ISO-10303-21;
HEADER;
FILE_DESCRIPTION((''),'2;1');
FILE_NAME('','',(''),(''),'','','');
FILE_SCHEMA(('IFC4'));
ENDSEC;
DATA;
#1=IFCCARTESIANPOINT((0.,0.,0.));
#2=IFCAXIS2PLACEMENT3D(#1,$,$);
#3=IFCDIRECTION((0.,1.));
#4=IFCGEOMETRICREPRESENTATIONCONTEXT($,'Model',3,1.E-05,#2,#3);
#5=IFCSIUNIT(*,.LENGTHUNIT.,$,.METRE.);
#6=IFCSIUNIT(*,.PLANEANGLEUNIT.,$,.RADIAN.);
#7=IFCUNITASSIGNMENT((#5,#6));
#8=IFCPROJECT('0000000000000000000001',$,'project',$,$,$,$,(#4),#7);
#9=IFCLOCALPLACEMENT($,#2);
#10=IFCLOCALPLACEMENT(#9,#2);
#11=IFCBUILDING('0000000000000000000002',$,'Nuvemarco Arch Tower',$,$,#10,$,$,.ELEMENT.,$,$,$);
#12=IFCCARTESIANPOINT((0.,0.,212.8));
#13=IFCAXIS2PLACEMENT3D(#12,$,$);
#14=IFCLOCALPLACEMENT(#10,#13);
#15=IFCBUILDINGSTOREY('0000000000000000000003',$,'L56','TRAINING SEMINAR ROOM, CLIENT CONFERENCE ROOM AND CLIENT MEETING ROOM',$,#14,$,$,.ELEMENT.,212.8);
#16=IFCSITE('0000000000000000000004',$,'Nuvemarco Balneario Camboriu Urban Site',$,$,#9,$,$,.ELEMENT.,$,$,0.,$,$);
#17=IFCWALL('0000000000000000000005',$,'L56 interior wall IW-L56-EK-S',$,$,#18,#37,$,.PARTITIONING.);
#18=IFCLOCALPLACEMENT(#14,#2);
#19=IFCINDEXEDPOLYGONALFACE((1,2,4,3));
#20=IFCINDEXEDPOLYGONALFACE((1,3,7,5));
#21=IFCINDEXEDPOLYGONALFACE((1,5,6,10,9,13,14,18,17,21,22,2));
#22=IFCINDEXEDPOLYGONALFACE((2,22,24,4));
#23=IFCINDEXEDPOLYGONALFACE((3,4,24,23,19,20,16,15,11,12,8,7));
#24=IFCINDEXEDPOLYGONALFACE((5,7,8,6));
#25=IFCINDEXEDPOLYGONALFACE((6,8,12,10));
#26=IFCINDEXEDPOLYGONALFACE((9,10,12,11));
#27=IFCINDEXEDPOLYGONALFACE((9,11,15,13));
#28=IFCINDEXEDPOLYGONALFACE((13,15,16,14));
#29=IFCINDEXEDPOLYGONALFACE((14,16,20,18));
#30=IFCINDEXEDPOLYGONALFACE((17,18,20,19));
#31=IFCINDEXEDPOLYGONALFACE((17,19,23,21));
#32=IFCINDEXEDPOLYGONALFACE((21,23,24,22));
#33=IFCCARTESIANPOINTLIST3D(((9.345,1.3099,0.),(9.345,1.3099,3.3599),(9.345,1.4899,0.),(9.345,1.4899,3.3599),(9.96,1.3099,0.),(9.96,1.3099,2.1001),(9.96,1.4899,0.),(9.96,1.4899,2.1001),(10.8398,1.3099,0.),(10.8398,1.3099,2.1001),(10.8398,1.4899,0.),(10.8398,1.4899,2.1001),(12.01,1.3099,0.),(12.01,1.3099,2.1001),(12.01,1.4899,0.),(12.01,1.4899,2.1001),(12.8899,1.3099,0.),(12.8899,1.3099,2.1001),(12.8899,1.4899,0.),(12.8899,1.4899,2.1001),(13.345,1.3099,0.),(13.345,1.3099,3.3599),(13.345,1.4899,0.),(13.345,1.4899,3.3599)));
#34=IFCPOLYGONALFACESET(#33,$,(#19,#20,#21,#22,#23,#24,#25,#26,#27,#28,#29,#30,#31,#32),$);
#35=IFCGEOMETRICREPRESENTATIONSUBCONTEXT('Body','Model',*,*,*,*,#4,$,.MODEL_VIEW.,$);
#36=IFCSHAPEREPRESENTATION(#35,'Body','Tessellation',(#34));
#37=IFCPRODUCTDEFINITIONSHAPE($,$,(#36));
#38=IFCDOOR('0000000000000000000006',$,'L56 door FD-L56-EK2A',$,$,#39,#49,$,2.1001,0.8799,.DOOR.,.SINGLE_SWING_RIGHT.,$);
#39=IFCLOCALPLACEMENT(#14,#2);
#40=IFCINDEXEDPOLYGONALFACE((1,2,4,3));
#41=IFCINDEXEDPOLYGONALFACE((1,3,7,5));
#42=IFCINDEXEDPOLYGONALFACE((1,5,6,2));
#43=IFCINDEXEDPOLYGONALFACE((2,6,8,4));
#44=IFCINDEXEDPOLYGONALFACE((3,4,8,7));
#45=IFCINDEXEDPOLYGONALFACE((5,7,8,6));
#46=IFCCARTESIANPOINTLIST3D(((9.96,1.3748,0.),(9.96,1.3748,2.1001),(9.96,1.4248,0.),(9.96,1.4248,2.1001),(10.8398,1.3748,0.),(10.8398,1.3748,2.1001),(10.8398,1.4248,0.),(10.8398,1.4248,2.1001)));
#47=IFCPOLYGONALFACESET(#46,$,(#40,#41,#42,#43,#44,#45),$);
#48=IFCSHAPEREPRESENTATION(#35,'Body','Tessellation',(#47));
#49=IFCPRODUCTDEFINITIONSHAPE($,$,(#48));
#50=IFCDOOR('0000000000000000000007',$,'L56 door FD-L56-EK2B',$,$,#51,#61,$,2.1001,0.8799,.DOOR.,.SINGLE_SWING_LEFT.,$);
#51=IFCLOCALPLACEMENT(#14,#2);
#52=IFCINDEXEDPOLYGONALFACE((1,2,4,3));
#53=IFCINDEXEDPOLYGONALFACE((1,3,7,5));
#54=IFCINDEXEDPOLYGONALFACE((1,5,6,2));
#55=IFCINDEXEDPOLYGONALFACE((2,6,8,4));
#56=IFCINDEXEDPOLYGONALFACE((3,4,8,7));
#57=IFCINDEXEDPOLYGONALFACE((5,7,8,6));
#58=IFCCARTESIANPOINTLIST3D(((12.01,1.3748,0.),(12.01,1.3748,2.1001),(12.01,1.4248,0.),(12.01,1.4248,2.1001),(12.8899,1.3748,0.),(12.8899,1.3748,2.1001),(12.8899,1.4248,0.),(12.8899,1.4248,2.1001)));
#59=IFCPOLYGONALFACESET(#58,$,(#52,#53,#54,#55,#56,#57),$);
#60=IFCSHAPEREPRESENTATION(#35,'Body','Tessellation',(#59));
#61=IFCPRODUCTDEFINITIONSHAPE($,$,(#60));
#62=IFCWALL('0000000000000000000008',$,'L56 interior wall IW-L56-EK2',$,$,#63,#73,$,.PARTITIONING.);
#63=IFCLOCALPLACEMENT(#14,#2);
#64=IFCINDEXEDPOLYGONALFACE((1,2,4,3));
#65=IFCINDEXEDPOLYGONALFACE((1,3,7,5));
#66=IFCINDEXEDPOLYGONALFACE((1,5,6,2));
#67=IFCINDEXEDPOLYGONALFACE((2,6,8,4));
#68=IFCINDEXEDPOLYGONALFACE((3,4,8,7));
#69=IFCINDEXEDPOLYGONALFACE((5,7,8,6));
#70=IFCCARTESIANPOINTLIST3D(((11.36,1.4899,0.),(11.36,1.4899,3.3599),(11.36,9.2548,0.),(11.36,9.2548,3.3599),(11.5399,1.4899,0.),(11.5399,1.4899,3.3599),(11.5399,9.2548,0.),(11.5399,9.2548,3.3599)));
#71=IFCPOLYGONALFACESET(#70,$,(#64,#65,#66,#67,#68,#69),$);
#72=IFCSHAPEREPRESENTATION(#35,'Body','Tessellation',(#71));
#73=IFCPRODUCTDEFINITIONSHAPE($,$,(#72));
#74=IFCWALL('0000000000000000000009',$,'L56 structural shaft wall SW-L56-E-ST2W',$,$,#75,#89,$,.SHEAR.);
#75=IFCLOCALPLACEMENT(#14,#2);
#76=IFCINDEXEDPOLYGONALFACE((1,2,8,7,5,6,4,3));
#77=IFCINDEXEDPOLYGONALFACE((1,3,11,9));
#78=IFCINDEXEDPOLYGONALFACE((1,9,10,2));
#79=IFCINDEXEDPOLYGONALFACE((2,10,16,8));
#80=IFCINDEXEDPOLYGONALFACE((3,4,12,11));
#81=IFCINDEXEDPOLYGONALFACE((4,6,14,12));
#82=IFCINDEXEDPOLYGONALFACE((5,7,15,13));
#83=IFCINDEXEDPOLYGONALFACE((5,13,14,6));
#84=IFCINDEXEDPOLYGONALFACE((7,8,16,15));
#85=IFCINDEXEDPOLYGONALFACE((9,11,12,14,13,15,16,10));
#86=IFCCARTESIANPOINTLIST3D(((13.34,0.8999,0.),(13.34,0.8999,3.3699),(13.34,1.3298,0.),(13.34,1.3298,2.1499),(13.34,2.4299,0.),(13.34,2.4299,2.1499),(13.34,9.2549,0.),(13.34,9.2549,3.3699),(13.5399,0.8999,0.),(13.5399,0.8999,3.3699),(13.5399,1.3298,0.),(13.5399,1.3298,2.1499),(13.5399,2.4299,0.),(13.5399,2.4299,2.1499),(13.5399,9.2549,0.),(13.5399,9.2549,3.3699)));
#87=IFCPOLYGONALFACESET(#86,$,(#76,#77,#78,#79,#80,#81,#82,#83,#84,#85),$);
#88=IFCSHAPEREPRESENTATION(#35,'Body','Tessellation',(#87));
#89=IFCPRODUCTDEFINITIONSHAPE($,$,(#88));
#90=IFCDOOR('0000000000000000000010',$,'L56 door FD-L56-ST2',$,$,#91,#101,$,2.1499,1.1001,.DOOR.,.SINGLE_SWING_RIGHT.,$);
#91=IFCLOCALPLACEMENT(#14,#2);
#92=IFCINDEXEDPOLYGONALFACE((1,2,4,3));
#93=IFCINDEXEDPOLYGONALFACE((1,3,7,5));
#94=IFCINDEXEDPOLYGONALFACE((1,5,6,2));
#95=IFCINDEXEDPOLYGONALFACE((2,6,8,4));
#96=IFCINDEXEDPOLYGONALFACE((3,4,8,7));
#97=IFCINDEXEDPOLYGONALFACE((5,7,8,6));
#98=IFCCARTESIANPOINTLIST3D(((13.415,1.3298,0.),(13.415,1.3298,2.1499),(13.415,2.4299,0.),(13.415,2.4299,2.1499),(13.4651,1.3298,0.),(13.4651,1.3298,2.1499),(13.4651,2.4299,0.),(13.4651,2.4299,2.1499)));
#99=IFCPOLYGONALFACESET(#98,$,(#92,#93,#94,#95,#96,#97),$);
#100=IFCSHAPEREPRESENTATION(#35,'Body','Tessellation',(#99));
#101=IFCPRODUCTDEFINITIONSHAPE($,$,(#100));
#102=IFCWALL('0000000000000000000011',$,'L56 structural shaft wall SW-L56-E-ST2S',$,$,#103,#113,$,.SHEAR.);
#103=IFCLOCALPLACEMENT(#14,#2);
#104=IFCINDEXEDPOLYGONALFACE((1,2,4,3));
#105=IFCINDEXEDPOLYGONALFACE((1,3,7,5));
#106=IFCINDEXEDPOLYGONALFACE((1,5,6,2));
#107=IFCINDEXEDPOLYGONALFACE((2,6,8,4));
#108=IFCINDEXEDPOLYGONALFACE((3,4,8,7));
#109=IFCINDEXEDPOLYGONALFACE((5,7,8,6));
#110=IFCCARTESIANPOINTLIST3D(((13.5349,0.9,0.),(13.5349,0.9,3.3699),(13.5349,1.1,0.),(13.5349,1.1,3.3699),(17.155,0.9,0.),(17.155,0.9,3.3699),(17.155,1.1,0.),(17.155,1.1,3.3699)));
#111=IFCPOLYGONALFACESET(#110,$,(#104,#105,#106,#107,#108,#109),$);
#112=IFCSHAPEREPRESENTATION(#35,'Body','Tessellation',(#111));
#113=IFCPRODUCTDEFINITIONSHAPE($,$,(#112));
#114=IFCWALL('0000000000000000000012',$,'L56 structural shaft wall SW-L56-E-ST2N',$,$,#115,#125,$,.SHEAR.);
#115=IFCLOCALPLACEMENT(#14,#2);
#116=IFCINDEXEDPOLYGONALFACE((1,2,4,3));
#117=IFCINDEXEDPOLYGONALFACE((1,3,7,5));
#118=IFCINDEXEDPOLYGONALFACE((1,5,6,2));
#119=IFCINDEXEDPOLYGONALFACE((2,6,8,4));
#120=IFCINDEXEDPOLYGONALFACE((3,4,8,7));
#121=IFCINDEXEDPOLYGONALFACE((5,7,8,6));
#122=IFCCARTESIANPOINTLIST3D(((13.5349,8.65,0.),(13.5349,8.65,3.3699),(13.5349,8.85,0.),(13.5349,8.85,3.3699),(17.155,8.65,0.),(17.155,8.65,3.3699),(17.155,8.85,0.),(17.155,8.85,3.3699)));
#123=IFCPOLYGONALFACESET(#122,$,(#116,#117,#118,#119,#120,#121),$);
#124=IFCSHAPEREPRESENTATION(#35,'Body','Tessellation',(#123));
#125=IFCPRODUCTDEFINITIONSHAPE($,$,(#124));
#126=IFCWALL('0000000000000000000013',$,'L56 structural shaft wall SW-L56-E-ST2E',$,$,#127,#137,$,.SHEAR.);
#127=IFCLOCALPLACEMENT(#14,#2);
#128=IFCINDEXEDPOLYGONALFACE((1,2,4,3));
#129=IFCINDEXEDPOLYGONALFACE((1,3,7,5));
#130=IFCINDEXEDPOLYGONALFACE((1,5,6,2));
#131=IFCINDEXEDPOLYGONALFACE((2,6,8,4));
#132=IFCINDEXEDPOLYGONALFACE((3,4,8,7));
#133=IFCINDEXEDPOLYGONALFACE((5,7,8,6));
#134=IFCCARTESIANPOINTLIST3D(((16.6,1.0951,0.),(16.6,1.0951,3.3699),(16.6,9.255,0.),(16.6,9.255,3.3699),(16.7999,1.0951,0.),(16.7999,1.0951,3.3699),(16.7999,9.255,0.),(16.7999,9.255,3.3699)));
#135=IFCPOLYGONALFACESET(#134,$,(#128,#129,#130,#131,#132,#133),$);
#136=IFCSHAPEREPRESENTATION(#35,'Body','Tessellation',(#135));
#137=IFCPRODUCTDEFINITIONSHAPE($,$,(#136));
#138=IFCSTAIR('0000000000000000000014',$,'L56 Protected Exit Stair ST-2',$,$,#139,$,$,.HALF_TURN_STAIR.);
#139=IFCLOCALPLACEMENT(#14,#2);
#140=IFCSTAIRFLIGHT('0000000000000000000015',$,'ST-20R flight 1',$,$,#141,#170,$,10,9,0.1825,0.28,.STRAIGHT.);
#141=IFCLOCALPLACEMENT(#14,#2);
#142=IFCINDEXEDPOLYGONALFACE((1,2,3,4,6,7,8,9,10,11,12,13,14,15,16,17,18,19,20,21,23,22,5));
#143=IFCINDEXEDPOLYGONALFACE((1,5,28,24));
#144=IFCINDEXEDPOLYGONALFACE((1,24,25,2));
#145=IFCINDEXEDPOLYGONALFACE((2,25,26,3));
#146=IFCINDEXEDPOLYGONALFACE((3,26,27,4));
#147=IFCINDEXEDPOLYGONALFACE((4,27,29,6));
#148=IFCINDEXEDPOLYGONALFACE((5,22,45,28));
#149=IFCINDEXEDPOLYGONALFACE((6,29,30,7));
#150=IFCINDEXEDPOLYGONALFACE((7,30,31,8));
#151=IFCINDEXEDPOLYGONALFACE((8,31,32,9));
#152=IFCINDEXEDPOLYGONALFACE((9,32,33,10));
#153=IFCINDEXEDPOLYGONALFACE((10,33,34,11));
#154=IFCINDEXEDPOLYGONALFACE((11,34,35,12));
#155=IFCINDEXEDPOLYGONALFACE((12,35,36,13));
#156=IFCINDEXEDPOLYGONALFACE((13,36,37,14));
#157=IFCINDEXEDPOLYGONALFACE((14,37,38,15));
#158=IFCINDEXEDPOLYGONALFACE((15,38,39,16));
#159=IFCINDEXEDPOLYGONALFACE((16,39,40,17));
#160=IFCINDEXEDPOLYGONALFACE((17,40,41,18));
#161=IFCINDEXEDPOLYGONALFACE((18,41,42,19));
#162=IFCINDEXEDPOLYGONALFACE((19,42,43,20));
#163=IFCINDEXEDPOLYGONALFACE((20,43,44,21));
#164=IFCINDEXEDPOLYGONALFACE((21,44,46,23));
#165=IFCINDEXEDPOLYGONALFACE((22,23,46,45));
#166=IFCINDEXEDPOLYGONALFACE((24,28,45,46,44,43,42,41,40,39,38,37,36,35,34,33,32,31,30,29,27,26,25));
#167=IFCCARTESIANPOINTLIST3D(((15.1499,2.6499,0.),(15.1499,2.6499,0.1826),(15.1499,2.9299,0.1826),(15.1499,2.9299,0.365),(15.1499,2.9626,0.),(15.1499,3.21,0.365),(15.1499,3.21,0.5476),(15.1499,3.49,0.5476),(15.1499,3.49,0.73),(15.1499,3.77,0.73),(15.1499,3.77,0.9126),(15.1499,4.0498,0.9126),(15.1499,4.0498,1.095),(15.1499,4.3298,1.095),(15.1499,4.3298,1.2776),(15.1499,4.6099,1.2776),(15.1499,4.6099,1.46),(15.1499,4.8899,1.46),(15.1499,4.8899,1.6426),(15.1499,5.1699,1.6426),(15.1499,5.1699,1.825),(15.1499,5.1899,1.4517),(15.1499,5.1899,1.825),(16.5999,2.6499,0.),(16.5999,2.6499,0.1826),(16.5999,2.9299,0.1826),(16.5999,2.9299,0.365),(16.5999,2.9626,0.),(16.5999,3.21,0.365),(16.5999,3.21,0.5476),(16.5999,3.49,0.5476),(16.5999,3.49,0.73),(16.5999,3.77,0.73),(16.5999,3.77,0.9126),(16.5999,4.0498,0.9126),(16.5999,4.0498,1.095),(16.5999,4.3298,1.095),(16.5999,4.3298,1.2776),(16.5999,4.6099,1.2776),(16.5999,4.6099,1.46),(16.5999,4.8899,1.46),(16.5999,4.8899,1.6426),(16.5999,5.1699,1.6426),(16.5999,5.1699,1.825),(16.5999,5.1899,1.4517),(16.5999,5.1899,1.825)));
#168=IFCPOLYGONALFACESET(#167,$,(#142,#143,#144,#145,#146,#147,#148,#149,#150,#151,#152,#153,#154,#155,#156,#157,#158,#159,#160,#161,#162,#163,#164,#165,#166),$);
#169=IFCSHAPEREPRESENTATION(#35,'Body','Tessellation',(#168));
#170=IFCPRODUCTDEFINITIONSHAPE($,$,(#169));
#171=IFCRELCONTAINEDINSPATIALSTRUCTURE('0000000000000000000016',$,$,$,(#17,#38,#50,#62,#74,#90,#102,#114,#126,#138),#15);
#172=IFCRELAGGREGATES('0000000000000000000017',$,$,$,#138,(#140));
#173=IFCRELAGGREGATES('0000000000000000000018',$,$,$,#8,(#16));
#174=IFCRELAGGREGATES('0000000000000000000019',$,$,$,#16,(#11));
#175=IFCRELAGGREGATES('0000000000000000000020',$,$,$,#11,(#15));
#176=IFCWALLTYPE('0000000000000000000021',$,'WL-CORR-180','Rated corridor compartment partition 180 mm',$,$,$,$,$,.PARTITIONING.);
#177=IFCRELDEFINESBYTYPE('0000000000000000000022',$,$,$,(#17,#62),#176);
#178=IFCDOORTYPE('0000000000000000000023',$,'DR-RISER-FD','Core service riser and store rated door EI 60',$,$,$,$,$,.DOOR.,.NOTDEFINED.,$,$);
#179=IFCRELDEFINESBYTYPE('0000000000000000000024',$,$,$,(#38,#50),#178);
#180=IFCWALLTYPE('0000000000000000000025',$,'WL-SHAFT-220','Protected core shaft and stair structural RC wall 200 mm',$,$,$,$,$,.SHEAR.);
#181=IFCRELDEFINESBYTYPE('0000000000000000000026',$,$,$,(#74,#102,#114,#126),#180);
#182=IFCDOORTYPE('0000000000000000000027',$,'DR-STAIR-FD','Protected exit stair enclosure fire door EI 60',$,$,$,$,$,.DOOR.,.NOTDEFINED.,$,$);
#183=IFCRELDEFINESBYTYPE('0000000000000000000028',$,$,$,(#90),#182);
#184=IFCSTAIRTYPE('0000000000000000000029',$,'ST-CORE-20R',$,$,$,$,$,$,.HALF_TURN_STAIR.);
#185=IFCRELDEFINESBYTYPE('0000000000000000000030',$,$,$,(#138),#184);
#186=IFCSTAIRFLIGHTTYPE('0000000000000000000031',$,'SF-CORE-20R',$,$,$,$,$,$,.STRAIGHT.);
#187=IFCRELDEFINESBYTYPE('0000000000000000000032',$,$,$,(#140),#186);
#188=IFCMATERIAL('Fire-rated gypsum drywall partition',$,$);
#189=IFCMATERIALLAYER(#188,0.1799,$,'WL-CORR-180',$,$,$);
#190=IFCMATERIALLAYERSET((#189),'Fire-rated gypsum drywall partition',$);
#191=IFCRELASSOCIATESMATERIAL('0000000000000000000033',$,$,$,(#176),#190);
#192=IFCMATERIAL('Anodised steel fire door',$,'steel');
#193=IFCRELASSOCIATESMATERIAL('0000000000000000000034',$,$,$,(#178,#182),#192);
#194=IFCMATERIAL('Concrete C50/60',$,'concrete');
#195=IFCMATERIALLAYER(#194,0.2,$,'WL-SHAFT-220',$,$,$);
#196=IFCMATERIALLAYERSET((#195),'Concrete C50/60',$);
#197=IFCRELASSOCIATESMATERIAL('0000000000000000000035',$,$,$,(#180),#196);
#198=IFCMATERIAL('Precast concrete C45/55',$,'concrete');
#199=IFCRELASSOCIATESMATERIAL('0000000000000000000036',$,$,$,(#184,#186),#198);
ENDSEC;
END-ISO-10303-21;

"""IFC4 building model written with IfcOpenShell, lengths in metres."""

from ifc_helpers import new_model, si_unit, direction, frame, frame_2d, origin, place, context, subcontext, project, spatial, polyline, rectangle, outline, extrude, source, transform, mapped, material, layer, layer_set, type_object, type_shapes, element, fill, aggregate, save


model = new_model("IFC4")

# Units and contexts
model_context = context("Model", 3, precision=1e-05, world=origin(), true_north=direction((0.0, 1.0)))
body_context = subcontext(model_context, "Body", "Model", "MODEL_VIEW")
ifc_project = project(units=[si_unit("LENGTHUNIT", "METRE"), si_unit("PLANEANGLEUNIT", "RADIAN")], contexts=[model_context])

# Site, building, storey
site_placement = place(None, origin())
site = spatial("IfcSite", under=ifc_project, at=site_placement, Name="Nuvemarco Balneario Camboriu Urban Site", CompositionType="ELEMENT", RefElevation=0.0)
building_placement = place(site_placement, origin())
building = spatial("IfcBuilding", under=site, at=building_placement, Name="Nuvemarco Arch Tower", CompositionType="ELEMENT")
storey_placement = place(building_placement, frame((0.0, 0.0, 212.8)))
storey = spatial("IfcBuildingStorey", under=building, at=storey_placement, Name="L56", Description="TRAINING SEMINAR ROOM, CLIENT CONFERENCE ROOM AND CLIENT MEETING ROOM", CompositionType="ELEMENT", Elevation=212.8)

# Shared definitions
ifc_material_1 = material(Name="Concrete C50/60", Category="concrete")

# Shared definitions
ifc_material_2 = material(Name="Precast concrete C45/55", Category="concrete")

# Wall, openings, doors
ifc_material_3 = material(Name="Fire-rated gypsum drywall partition")
ifc_layer_1 = layer(ifc_material_3, 0.1799, Name="WL-CORR-180")
ifc_layer_set_1 = layer_set([ifc_layer_1], Name="Fire-rated gypsum drywall partition")
wall_type_1 = type_object("IfcWallType", Name="WL-CORR-180", Description="Rated corridor compartment partition 180 mm", PredefinedType="PARTITIONING", material=ifc_layer_set_1)
wall_1_placement = place(storey_placement, frame((9.345, 1.3999, 0.0), z_axis=(0.0, 0.0, 1.0), x_axis=(1.0, 0.0, 0.0)))
wall_1 = element("IfcWall", 1, at=wall_1_placement, inside=storey, type_object=wall_type_1, Name="L56 interior wall IW-L56-EK-S", PredefinedType="PARTITIONING", context=body_context, shape_type="SweptSolid", body=[
    extrude(rectangle(XDim=4.0, YDim=0.1799, at=frame_2d((2.0, 0.0))), origin(), (0.0, 0.0, 1.0), 3.3599),
])
opening_1_placement = place(wall_1_placement, frame((0.615, 0.0, 0.0)))
opening_1 = element("IfcOpeningElement", 2, at=opening_1_placement, cuts=wall_1, PredefinedType="OPENING", context=body_context, shape_type="SweptSolid", body=[
    extrude(rectangle(XDim=0.8799, YDim=2.1001, at=frame_2d((0.4399, 1.05))), frame((0.0, 0.0999, 0.0), z_axis=(0.0, -1.0, 0.0), x_axis=(1.0, 0.0, 0.0)), (0.0, 0.0, 1.0), 0.2),
])
opening_2_placement = place(wall_1_placement, frame((2.665, 0.0, 0.0)))
opening_2 = element("IfcOpeningElement", 3, at=opening_2_placement, cuts=wall_1, PredefinedType="OPENING", context=body_context, shape_type="SweptSolid", body=[
    extrude(rectangle(XDim=0.8799, YDim=2.1001, at=frame_2d((0.4399, 1.05))), frame((0.0, 0.0999, 0.0), z_axis=(0.0, -1.0, 0.0), x_axis=(1.0, 0.0, 0.0)), (0.0, 0.0, 1.0), 0.2),
])
ifc_material_4 = material(Name="Anodised steel fire door", Category="steel")
door_type_1 = type_object("IfcDoorType", Name="DR-RISER-FD", Description="Core service riser and store rated door EI 60", OperationType="NOTDEFINED", PredefinedType="DOOR", material=ifc_material_4)
shared_shape_1 = source(origin(), body_context, "Body", "SweptSolid", [
    extrude(rectangle(XDim=0.8799, YDim=2.1001, at=frame_2d((0.4399, 1.05))), frame((0.0, 0.0249, 0.0), z_axis=(0.0, -1.0, 0.0), x_axis=(1.0, 0.0, 0.0)), (0.0, 0.0, 1.0), 0.05),
])
type_shapes(door_type_1, [shared_shape_1])
door_1_placement = place(opening_1_placement, origin())
door_1 = element("IfcDoor", 4, at=door_1_placement, inside=storey, type_object=door_type_1, Name="L56 door FD-L56-EK2A", OperationType="SINGLE_SWING_RIGHT", OverallHeight=2.1001, OverallWidth=0.8799, PredefinedType="DOOR", context=body_context, shape_type="MappedRepresentation", body=[
    mapped(shared_shape_1, transform((0.0, 0.0, 0.0), scale=1.0)),
])
fill(opening_1, door_1)
door_2_placement = place(opening_2_placement, origin())
door_2 = element("IfcDoor", 5, at=door_2_placement, inside=storey, type_object=door_type_1, Name="L56 door FD-L56-EK2B", OperationType="SINGLE_SWING_LEFT", OverallHeight=2.1001, OverallWidth=0.8799, PredefinedType="DOOR", context=body_context, shape_type="MappedRepresentation", body=[
    mapped(shared_shape_1, transform((0.0, 0.0, 0.0), scale=1.0)),
])
fill(opening_2, door_2)

# Wall
wall_2_placement = place(storey_placement, frame((11.45, 1.49, 0.0), z_axis=(0.0, 0.0, 1.0), x_axis=(0.0, 1.0, 0.0)))
element("IfcWall", 6, at=wall_2_placement, inside=storey, type_object=wall_type_1, Name="L56 interior wall IW-L56-EK2", PredefinedType="PARTITIONING", context=body_context, shape_type="SweptSolid", body=[
    extrude(rectangle(XDim=7.7649, YDim=0.1799, at=frame_2d((3.8823, 0.0))), origin(), (0.0, 0.0, 1.0), 3.3599),
])

# Wall, opening, door
ifc_layer_2 = layer(ifc_material_1, 0.2, Name="WL-SHAFT-220")
ifc_layer_set_2 = layer_set([ifc_layer_2], Name="Concrete C50/60")
wall_type_2 = type_object("IfcWallType", Name="WL-SHAFT-220", Description="Protected core shaft and stair structural RC wall 200 mm", PredefinedType="SHEAR", material=ifc_layer_set_2)
wall_3_placement = place(storey_placement, frame((13.4399, 0.8999, 0.0), z_axis=(0.0, 0.0, 1.0), x_axis=(0.0, 1.0, 0.0)))
wall_3 = element("IfcWall", 7, at=wall_3_placement, inside=storey, type_object=wall_type_2, Name="L56 structural shaft wall SW-L56-E-ST2W", PredefinedType="SHEAR", context=body_context, shape_type="SweptSolid", body=[
    extrude(rectangle(XDim=8.355, YDim=0.2, at=frame_2d((4.1775, 0.0))), origin(), (0.0, 0.0, 1.0), 3.3699),
])
opening_3_placement = place(wall_3_placement, frame((0.4299, 0.0, 0.0)))
opening_3 = element("IfcOpeningElement", 8, at=opening_3_placement, cuts=wall_3, PredefinedType="OPENING", context=body_context, shape_type="SweptSolid", body=[
    extrude(rectangle(XDim=1.1001, YDim=2.1499, at=frame_2d((0.55, 1.075))), frame((0.0, 0.1099, 0.0), z_axis=(0.0, -1.0, 0.0), x_axis=(1.0, 0.0, 0.0)), (0.0, 0.0, 1.0), 0.22),
])
door_type_2 = type_object("IfcDoorType", Name="DR-STAIR-FD", Description="Protected exit stair enclosure fire door EI 60", OperationType="NOTDEFINED", PredefinedType="DOOR", material=ifc_material_4)
shared_shape_2 = source(origin(), body_context, "Body", "SweptSolid", [
    extrude(rectangle(XDim=1.1001, YDim=2.1499, at=frame_2d((0.55, 1.075))), frame((0.0, 0.0249, 0.0), z_axis=(0.0, -1.0, 0.0), x_axis=(1.0, 0.0, 0.0)), (0.0, 0.0, 1.0), 0.05),
])
type_shapes(door_type_2, [shared_shape_2])
door_3_placement = place(opening_3_placement, origin())
door_3 = element("IfcDoor", 9, at=door_3_placement, inside=storey, type_object=door_type_2, Name="L56 door FD-L56-ST2", OperationType="SINGLE_SWING_RIGHT", OverallHeight=2.1499, OverallWidth=1.1001, PredefinedType="DOOR", context=body_context, shape_type="MappedRepresentation", body=[
    mapped(shared_shape_2, transform((0.0, 0.0, 0.0), scale=1.0)),
])
fill(opening_3, door_3)

# Walls
for number, where, z_axis, x_axis, name in (
    (10, (13.5349, 1.0, 0.0), (0.0, 0.0, 1.0), (1.0, 0.0, 0.0), "L56 structural shaft wall SW-L56-E-ST2S"),
    (11, (13.5349, 8.75, 0.0), (0.0, 0.0, 1.0), (1.0, 0.0, 0.0), "L56 structural shaft wall SW-L56-E-ST2N"),
):
    element("IfcWall", number, at=place(storey_placement, frame(where, z_axis=z_axis, x_axis=x_axis)), inside=storey, type_object=wall_type_2, Name=name, PredefinedType="SHEAR", context=body_context, shape_type="SweptSolid", body=[
        extrude(rectangle(XDim=3.6201, YDim=0.2, at=frame_2d((1.8101, 0.0))), origin(), (0.0, 0.0, 1.0), 3.3699),
    ])
wall_4_placement = place(storey_placement, frame((16.7, 1.095, 0.0), z_axis=(0.0, 0.0, 1.0), x_axis=(0.0, 1.0, 0.0)))
element("IfcWall", 12, at=wall_4_placement, inside=storey, type_object=wall_type_2, Name="L56 structural shaft wall SW-L56-E-ST2E", PredefinedType="SHEAR", context=body_context, shape_type="SweptSolid", body=[
    extrude(rectangle(XDim=8.1599, YDim=0.2, at=frame_2d((4.0801, 0.0))), origin(), (0.0, 0.0, 1.0), 3.3699),
])

# Stair, stair flight
stair_type = type_object("IfcStairType", Name="ST-CORE-20R", PredefinedType="HALF_TURN_STAIR", material=ifc_material_2)
stair_placement = place(storey_placement, origin())
stair = element("IfcStair", 13, at=stair_placement, inside=storey, type_object=stair_type, Name="L56 Protected Exit Stair ST-2", PredefinedType="HALF_TURN_STAIR")
stair_flight_type = type_object("IfcStairFlightType", Name="SF-CORE-20R", PredefinedType="STRAIGHT", material=ifc_material_2)
stair_flight_1_placement = place(storey_placement, frame((15.875, 2.6499, 0.0), z_axis=(0.0, 0.0, 1.0), x_axis=(0.0, 1.0, 0.0)))
stair_flight_1 = element("IfcStairFlight", 14, at=stair_flight_1_placement, type_object=stair_flight_type, Name="ST-20R flight 1", NumberOfRisers=10, NumberOfTreads=9, PredefinedType="STRAIGHT", RiserHeight=0.1825, TreadLength=0.28, context=body_context, shape_type="SweptSolid", body=[
    extrude(outline(polyline([(0.0, 0.0), (0.0, 0.1826), (0.28, 0.1826), (0.28, 0.365), (0.5601, 0.365), (0.5601, 0.5476), (0.8401, 0.5476), (0.8401, 0.73), (1.1201, 0.73), (1.1201, 0.9126), (1.3999, 0.9126), (1.3999, 1.095), (1.6799, 1.095), (1.6799, 1.2776), (1.96, 1.2776), (1.96, 1.46), (2.24, 1.46), (2.24, 1.6426), (2.52, 1.6426), (2.52, 1.825), (2.54, 1.825), (2.54, 1.4517), (0.3127, 0.0), (0.0, 0.0)])), frame((0.0, 0.7251, 0.0), z_axis=(0.0, -1.0, 0.0), x_axis=(1.0, 0.0, 0.0)), (0.0, 0.0, 1.0), 1.45),
])
aggregate(stair, [stair_flight_1])

save(model, "model.ifc")
